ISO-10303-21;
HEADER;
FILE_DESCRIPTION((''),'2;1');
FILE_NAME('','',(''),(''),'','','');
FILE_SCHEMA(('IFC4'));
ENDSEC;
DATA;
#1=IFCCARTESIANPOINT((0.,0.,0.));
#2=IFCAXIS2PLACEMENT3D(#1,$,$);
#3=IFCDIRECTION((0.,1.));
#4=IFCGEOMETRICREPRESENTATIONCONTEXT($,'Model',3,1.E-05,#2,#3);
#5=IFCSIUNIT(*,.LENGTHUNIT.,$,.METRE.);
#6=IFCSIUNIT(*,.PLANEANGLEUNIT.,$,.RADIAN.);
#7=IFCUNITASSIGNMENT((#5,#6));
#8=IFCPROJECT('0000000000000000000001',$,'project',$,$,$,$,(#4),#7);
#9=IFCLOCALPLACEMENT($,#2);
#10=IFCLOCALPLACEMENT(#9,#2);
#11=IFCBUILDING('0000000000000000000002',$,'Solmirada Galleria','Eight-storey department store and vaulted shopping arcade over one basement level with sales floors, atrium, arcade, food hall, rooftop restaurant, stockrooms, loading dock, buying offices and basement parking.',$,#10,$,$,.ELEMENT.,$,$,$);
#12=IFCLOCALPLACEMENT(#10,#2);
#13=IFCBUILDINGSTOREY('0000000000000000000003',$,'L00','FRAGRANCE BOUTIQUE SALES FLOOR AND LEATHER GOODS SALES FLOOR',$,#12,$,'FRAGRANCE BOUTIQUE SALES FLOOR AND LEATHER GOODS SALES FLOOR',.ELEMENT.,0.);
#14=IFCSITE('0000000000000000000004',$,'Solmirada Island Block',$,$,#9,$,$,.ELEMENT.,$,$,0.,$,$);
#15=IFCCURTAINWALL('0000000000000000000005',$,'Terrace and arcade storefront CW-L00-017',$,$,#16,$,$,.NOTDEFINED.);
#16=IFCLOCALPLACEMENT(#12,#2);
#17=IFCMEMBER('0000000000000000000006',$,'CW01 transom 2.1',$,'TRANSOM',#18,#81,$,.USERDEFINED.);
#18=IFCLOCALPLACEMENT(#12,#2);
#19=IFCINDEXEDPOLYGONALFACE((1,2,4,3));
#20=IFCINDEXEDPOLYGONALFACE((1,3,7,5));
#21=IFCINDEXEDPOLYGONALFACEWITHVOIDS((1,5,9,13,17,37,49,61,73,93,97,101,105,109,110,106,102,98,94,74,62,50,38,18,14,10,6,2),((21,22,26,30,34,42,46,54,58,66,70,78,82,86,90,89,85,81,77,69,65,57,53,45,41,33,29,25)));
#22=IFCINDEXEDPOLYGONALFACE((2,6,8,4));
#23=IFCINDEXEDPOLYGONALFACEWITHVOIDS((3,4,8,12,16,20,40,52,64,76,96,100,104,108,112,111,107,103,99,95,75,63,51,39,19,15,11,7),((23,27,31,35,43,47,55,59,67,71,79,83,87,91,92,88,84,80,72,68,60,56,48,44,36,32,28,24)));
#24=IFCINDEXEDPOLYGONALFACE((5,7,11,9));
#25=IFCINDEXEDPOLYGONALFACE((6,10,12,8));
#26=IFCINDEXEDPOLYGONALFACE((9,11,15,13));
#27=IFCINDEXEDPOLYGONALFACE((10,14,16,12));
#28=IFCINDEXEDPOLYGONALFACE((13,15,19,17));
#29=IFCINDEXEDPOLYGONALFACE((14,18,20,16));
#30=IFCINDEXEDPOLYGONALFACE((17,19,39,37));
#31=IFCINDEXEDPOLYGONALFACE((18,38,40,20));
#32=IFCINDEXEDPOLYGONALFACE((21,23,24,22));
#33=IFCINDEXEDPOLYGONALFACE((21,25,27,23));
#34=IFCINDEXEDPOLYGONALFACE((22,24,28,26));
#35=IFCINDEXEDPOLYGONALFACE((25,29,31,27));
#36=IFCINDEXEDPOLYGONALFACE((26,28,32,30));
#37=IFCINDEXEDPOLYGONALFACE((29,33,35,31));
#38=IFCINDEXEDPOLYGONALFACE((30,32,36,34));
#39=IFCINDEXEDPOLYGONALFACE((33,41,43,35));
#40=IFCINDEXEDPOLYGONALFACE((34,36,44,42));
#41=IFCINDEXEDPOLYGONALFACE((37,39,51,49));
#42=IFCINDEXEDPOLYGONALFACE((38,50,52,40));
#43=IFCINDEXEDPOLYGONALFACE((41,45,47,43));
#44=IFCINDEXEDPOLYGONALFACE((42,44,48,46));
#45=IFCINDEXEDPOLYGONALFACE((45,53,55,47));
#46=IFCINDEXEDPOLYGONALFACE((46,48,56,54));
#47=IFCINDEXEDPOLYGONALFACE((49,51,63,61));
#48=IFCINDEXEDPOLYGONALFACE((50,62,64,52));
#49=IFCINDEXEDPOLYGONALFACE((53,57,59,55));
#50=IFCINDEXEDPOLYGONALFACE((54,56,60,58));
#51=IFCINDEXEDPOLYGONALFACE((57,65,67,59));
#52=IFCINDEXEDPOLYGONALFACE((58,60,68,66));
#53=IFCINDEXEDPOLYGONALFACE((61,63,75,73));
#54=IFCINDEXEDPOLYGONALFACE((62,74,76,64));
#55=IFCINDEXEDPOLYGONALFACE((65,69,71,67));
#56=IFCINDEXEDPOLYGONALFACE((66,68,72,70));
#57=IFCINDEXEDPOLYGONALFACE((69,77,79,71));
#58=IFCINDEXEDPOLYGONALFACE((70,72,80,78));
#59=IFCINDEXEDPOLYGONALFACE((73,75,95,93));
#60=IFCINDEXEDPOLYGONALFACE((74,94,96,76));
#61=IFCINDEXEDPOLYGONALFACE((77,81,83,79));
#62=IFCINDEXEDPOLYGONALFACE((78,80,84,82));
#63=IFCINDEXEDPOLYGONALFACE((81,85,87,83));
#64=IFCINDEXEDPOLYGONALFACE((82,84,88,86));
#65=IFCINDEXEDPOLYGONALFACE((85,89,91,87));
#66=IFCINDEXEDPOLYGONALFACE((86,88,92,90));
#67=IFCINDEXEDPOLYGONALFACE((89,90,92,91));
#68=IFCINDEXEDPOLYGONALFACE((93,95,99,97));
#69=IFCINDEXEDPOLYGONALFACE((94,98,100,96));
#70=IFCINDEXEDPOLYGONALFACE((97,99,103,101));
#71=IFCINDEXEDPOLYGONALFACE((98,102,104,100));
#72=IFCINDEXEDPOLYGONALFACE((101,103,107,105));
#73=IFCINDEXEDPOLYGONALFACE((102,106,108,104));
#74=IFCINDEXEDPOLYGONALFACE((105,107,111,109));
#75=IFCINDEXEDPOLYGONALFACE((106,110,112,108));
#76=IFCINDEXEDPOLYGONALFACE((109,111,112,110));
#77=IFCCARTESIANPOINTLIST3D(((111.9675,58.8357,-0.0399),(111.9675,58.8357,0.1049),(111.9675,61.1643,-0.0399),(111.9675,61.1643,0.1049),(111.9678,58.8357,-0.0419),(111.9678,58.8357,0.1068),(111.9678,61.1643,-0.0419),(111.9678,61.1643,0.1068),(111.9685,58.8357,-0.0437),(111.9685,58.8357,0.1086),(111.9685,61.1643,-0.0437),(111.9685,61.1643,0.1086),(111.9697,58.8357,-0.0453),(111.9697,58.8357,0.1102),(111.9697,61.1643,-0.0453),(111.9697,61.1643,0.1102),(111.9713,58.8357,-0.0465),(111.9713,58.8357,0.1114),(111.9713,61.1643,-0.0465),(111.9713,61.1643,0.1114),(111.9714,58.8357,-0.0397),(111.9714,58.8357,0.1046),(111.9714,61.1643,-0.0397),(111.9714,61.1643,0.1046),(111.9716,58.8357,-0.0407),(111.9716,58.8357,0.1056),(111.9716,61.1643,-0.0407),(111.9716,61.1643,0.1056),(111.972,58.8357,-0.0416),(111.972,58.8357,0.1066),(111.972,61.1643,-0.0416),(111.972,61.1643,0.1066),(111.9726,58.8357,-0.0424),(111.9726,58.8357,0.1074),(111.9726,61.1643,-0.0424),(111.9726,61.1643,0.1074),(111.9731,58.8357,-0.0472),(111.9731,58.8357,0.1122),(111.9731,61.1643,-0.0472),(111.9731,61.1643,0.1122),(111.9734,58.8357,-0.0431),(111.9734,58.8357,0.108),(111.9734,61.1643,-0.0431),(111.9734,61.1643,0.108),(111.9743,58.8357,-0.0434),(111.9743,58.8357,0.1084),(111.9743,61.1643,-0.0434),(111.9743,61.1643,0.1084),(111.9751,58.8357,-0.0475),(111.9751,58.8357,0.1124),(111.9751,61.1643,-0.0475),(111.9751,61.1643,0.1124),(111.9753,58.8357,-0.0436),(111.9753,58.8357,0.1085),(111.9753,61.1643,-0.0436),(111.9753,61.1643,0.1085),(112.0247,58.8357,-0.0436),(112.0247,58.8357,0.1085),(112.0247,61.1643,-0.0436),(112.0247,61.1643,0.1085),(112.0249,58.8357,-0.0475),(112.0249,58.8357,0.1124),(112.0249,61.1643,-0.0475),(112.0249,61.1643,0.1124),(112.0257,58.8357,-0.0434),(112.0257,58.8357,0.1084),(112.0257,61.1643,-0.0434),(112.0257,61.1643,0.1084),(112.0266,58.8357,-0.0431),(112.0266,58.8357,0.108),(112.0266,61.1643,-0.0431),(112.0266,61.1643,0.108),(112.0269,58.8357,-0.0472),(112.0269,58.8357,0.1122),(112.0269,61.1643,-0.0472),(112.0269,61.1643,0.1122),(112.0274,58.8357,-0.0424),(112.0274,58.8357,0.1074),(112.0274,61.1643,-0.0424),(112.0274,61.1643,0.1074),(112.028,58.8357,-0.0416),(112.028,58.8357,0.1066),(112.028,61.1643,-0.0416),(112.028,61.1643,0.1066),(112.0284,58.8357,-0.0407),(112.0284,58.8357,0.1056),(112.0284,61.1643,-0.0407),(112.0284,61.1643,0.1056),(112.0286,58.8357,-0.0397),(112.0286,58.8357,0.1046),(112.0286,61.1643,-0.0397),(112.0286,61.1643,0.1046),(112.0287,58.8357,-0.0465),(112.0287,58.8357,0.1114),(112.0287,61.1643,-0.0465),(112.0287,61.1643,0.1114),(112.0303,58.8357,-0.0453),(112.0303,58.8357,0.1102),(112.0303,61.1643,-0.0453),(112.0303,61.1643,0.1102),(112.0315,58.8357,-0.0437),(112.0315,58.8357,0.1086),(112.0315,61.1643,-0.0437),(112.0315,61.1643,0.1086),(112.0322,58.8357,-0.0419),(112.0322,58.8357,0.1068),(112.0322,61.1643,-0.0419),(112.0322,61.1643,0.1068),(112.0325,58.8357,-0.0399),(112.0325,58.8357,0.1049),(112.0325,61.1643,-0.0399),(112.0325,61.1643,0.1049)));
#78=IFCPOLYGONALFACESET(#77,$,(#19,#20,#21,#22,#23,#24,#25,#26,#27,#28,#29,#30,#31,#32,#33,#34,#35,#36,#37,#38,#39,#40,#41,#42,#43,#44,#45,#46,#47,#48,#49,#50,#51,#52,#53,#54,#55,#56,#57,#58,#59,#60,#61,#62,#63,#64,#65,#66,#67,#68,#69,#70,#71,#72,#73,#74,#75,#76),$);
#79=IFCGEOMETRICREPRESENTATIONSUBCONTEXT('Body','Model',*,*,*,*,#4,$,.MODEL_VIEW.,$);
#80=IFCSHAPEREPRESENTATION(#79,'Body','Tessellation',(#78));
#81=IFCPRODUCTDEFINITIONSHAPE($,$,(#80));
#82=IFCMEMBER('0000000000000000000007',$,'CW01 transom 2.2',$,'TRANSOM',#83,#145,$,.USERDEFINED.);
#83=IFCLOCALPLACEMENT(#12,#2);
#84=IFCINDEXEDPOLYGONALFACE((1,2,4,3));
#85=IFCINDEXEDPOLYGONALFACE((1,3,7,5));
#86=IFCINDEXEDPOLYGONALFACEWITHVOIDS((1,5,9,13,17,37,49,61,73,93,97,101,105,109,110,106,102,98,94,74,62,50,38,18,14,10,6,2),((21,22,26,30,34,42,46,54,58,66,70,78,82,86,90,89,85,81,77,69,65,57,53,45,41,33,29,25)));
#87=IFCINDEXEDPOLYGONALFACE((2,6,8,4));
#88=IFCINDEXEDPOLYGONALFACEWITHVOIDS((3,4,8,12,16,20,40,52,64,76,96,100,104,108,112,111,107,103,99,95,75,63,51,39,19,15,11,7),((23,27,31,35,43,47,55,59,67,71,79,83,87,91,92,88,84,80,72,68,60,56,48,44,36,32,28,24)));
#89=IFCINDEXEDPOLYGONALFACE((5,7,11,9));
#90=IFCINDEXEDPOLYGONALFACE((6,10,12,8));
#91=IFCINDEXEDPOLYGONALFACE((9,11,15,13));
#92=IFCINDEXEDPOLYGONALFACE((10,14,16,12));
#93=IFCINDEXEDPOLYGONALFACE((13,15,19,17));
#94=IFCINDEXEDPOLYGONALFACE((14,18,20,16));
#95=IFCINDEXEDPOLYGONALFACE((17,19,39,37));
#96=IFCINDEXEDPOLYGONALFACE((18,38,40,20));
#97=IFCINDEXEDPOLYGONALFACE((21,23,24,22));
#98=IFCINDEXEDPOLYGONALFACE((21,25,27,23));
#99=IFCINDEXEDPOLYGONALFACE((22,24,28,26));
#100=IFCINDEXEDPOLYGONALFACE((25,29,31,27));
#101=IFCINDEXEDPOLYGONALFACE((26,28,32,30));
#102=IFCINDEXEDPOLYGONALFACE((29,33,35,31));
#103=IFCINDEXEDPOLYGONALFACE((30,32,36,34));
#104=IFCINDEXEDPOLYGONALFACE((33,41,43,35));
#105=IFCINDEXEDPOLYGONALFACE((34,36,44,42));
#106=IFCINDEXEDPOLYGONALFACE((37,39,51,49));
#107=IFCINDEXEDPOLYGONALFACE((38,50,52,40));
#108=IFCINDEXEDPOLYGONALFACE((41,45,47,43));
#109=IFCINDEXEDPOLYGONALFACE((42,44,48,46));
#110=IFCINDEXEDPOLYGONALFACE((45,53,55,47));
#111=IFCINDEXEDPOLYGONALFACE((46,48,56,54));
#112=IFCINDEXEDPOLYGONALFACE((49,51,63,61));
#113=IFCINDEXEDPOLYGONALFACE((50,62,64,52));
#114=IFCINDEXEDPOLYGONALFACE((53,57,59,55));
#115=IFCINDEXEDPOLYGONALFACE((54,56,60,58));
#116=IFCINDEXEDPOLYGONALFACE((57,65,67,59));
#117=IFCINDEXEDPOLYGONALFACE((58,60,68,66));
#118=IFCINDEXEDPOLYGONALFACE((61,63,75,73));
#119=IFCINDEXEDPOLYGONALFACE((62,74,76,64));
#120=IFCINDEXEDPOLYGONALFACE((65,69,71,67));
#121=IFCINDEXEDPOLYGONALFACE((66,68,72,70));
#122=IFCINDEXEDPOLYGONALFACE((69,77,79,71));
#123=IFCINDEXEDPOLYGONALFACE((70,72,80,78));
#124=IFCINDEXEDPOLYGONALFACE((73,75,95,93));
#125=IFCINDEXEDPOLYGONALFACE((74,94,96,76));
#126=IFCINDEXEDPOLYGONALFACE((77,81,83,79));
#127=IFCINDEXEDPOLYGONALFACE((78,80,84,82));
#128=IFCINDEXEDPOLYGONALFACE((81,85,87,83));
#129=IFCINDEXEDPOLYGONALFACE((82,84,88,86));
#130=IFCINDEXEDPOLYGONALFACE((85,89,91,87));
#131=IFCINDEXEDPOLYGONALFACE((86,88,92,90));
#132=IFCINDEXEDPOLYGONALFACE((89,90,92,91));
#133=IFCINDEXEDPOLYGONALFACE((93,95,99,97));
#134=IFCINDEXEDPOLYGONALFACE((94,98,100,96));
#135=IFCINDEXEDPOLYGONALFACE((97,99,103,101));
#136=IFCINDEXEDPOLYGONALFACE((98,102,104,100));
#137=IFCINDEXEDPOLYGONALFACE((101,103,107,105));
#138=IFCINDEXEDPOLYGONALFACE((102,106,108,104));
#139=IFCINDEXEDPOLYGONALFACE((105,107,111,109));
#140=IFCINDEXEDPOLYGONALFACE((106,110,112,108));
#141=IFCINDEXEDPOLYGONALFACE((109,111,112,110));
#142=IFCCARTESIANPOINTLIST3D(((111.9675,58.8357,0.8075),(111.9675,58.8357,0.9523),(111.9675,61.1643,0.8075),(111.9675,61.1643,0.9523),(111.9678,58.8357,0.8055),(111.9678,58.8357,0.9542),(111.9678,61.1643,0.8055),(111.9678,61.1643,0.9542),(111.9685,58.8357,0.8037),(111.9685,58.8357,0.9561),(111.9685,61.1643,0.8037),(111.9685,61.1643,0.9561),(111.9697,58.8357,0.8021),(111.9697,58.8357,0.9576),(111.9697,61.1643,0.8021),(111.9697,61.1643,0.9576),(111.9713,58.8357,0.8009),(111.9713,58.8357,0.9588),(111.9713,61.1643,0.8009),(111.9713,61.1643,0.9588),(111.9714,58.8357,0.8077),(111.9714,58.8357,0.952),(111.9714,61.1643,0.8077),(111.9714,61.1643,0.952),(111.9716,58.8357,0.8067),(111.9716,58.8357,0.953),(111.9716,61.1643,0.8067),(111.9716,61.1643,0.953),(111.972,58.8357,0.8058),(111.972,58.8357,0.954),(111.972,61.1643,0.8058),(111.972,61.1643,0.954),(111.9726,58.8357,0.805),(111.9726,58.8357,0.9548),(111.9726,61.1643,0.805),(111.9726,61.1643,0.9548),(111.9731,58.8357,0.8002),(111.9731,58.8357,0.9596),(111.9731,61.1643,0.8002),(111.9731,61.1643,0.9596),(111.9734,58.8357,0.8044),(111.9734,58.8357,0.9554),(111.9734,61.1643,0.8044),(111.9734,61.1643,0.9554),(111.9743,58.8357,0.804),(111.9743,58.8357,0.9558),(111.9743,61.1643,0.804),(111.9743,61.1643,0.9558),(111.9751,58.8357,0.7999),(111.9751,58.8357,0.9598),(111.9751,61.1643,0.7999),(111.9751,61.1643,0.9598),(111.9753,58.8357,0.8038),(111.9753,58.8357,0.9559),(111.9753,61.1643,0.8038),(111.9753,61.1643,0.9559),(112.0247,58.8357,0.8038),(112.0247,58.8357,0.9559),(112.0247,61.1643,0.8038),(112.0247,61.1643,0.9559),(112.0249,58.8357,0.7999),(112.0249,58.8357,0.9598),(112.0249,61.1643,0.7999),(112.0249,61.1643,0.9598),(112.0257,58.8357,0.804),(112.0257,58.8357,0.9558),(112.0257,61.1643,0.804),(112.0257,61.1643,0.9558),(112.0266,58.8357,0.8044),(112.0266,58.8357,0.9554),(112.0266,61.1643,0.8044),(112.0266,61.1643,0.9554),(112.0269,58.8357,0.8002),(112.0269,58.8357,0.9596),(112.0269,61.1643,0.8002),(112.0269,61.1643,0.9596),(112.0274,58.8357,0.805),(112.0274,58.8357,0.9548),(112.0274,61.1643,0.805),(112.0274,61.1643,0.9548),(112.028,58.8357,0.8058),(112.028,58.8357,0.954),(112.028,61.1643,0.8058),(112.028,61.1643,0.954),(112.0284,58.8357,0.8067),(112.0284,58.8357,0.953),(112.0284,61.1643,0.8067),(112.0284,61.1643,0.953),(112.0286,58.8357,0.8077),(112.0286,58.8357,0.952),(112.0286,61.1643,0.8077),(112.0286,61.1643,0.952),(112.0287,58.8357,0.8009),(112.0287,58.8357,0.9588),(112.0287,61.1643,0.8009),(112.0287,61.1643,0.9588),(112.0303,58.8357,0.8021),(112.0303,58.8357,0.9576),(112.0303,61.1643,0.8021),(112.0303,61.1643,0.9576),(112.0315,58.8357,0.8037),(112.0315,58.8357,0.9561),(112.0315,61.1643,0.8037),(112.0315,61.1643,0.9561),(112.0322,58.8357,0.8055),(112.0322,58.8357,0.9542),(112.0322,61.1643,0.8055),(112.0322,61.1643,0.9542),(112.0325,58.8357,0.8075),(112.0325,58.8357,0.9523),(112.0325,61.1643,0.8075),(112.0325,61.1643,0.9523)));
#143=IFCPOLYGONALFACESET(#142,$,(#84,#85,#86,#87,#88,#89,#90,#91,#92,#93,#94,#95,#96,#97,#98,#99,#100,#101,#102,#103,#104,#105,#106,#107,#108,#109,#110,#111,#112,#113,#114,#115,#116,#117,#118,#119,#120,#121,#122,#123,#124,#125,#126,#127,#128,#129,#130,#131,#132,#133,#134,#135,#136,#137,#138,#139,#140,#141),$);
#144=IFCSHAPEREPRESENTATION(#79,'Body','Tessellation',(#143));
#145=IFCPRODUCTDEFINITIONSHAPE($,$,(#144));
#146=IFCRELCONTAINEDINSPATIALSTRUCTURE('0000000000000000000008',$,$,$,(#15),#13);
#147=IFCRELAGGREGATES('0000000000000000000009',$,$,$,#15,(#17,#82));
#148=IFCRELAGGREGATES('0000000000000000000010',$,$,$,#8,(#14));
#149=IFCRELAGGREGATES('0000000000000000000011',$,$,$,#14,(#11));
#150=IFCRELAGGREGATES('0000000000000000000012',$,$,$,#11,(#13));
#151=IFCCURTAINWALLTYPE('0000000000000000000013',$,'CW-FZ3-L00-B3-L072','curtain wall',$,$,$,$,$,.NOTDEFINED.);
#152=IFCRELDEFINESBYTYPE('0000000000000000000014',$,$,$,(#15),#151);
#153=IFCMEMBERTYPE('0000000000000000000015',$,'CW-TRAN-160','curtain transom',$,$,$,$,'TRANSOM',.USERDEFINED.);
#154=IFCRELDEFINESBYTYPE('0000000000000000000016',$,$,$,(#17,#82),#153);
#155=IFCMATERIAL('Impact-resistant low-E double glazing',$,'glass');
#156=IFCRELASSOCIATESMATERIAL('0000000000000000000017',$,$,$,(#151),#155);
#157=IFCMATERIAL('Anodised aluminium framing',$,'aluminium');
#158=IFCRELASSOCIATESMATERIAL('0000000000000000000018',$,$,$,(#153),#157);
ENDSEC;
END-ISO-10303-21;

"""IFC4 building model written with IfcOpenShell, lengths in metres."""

from ifc_helpers import new_model, si_unit, direction, frame, origin, origin_2d, place, context, subcontext, project, spatial, hollow_rectangle, extrude, material, material_profile, profile_set, type_object, element, aggregate, save


model = new_model("IFC4")

# Units and contexts
model_context = context("Model", 3, precision=1e-05, world=origin(), true_north=direction((0.0, 1.0)))
body_context = subcontext(model_context, "Body", "Model", "MODEL_VIEW")
ifc_project = project(units=[si_unit("LENGTHUNIT", "METRE"), si_unit("PLANEANGLEUNIT", "RADIAN")], contexts=[model_context])

# Site, building, storey
site_placement = place(None, origin())
site = spatial("IfcSite", under=ifc_project, at=site_placement, Name="Solmirada Island Block", CompositionType="ELEMENT", RefElevation=0.0)
building_placement = place(site_placement, origin())
building = spatial("IfcBuilding", under=site, at=building_placement, Name="Solmirada Galleria", Description="Eight-storey department store and vaulted shopping arcade over one basement level with sales floors, atrium, arcade, food hall, rooftop restaurant, stockrooms, loading dock, buying offices and basement parking.", CompositionType="ELEMENT")
storey_placement = place(building_placement, origin())
storey = spatial("IfcBuildingStorey", under=building, at=storey_placement, Name="L00", Description="FRAGRANCE BOUTIQUE SALES FLOOR AND LEATHER GOODS SALES FLOOR", LongName="FRAGRANCE BOUTIQUE SALES FLOOR AND LEATHER GOODS SALES FLOOR", CompositionType="ELEMENT", Elevation=0.0)

# Curtain wall
ifc_material_1 = material(Name="Impact-resistant low-E double glazing", Category="glass")
curtain_wall_type = type_object("IfcCurtainWallType", Name="CW-FZ3-L00-B3-L072", Description="curtain wall", PredefinedType="NOTDEFINED", material=ifc_material_1)
ifc_material_2 = material(Name="Anodised aluminium framing", Category="aluminium")
curtain_wall_1_placement = place(storey_placement, origin())
curtain_wall_1 = element("IfcCurtainWall", 1, at=curtain_wall_1_placement, inside=storey, type_object=curtain_wall_type, Name="Terrace and arcade storefront CW-L00-017", PredefinedType="NOTDEFINED")

# Members
ifc_material_profile_1 = material_profile(ifc_material_2, hollow_rectangle(XDim=0.0649, YDim=0.1599, WallThickness=0.0039, InnerFilletRadius=0.0039, OuterFilletRadius=0.0076, at=origin_2d()), Name="ALU-TRAN-160X65")
ifc_profile_set_1 = profile_set([ifc_material_profile_1], Name="Anodised aluminium framing")
member_type_1 = type_object("IfcMemberType", Name="CW-TRAN-160", Description="curtain transom", ElementType="TRANSOM", PredefinedType="USERDEFINED", material=ifc_profile_set_1)
member_1_placement = place(storey_placement, frame((112.0, 61.1643, 0.0325), z_axis=(0.0, -1.0, 0.0), x_axis=(1.0, 0.0, 0.0)))
member_1 = element("IfcMember", 2, at=member_1_placement, type_object=member_type_1, Name="CW01 transom 2.1", ObjectType="TRANSOM", PredefinedType="USERDEFINED", context=body_context, shape_type="SweptSolid", body=[
    extrude(hollow_rectangle(XDim=0.0649, YDim=0.1599, WallThickness=0.0039, InnerFilletRadius=0.0039, OuterFilletRadius=0.0076, at=origin_2d()), origin(), (0.0, 0.0, 1.0), 2.3286),
])
member_2_placement = place(storey_placement, frame((112.0, 61.1643, 0.8799), z_axis=(0.0, -1.0, 0.0), x_axis=(1.0, 0.0, 0.0)))
member_2 = element("IfcMember", 3, at=member_2_placement, type_object=member_type_1, Name="CW01 transom 2.2", ObjectType="TRANSOM", PredefinedType="USERDEFINED", context=body_context, shape_type="SweptSolid", body=[
    extrude(hollow_rectangle(XDim=0.0649, YDim=0.1599, WallThickness=0.0039, InnerFilletRadius=0.0039, OuterFilletRadius=0.0076, at=origin_2d()), origin(), (0.0, 0.0, 1.0), 2.3286),
])

aggregate(curtain_wall_1, [member_1, member_2])

save(model, "model.ifc")
